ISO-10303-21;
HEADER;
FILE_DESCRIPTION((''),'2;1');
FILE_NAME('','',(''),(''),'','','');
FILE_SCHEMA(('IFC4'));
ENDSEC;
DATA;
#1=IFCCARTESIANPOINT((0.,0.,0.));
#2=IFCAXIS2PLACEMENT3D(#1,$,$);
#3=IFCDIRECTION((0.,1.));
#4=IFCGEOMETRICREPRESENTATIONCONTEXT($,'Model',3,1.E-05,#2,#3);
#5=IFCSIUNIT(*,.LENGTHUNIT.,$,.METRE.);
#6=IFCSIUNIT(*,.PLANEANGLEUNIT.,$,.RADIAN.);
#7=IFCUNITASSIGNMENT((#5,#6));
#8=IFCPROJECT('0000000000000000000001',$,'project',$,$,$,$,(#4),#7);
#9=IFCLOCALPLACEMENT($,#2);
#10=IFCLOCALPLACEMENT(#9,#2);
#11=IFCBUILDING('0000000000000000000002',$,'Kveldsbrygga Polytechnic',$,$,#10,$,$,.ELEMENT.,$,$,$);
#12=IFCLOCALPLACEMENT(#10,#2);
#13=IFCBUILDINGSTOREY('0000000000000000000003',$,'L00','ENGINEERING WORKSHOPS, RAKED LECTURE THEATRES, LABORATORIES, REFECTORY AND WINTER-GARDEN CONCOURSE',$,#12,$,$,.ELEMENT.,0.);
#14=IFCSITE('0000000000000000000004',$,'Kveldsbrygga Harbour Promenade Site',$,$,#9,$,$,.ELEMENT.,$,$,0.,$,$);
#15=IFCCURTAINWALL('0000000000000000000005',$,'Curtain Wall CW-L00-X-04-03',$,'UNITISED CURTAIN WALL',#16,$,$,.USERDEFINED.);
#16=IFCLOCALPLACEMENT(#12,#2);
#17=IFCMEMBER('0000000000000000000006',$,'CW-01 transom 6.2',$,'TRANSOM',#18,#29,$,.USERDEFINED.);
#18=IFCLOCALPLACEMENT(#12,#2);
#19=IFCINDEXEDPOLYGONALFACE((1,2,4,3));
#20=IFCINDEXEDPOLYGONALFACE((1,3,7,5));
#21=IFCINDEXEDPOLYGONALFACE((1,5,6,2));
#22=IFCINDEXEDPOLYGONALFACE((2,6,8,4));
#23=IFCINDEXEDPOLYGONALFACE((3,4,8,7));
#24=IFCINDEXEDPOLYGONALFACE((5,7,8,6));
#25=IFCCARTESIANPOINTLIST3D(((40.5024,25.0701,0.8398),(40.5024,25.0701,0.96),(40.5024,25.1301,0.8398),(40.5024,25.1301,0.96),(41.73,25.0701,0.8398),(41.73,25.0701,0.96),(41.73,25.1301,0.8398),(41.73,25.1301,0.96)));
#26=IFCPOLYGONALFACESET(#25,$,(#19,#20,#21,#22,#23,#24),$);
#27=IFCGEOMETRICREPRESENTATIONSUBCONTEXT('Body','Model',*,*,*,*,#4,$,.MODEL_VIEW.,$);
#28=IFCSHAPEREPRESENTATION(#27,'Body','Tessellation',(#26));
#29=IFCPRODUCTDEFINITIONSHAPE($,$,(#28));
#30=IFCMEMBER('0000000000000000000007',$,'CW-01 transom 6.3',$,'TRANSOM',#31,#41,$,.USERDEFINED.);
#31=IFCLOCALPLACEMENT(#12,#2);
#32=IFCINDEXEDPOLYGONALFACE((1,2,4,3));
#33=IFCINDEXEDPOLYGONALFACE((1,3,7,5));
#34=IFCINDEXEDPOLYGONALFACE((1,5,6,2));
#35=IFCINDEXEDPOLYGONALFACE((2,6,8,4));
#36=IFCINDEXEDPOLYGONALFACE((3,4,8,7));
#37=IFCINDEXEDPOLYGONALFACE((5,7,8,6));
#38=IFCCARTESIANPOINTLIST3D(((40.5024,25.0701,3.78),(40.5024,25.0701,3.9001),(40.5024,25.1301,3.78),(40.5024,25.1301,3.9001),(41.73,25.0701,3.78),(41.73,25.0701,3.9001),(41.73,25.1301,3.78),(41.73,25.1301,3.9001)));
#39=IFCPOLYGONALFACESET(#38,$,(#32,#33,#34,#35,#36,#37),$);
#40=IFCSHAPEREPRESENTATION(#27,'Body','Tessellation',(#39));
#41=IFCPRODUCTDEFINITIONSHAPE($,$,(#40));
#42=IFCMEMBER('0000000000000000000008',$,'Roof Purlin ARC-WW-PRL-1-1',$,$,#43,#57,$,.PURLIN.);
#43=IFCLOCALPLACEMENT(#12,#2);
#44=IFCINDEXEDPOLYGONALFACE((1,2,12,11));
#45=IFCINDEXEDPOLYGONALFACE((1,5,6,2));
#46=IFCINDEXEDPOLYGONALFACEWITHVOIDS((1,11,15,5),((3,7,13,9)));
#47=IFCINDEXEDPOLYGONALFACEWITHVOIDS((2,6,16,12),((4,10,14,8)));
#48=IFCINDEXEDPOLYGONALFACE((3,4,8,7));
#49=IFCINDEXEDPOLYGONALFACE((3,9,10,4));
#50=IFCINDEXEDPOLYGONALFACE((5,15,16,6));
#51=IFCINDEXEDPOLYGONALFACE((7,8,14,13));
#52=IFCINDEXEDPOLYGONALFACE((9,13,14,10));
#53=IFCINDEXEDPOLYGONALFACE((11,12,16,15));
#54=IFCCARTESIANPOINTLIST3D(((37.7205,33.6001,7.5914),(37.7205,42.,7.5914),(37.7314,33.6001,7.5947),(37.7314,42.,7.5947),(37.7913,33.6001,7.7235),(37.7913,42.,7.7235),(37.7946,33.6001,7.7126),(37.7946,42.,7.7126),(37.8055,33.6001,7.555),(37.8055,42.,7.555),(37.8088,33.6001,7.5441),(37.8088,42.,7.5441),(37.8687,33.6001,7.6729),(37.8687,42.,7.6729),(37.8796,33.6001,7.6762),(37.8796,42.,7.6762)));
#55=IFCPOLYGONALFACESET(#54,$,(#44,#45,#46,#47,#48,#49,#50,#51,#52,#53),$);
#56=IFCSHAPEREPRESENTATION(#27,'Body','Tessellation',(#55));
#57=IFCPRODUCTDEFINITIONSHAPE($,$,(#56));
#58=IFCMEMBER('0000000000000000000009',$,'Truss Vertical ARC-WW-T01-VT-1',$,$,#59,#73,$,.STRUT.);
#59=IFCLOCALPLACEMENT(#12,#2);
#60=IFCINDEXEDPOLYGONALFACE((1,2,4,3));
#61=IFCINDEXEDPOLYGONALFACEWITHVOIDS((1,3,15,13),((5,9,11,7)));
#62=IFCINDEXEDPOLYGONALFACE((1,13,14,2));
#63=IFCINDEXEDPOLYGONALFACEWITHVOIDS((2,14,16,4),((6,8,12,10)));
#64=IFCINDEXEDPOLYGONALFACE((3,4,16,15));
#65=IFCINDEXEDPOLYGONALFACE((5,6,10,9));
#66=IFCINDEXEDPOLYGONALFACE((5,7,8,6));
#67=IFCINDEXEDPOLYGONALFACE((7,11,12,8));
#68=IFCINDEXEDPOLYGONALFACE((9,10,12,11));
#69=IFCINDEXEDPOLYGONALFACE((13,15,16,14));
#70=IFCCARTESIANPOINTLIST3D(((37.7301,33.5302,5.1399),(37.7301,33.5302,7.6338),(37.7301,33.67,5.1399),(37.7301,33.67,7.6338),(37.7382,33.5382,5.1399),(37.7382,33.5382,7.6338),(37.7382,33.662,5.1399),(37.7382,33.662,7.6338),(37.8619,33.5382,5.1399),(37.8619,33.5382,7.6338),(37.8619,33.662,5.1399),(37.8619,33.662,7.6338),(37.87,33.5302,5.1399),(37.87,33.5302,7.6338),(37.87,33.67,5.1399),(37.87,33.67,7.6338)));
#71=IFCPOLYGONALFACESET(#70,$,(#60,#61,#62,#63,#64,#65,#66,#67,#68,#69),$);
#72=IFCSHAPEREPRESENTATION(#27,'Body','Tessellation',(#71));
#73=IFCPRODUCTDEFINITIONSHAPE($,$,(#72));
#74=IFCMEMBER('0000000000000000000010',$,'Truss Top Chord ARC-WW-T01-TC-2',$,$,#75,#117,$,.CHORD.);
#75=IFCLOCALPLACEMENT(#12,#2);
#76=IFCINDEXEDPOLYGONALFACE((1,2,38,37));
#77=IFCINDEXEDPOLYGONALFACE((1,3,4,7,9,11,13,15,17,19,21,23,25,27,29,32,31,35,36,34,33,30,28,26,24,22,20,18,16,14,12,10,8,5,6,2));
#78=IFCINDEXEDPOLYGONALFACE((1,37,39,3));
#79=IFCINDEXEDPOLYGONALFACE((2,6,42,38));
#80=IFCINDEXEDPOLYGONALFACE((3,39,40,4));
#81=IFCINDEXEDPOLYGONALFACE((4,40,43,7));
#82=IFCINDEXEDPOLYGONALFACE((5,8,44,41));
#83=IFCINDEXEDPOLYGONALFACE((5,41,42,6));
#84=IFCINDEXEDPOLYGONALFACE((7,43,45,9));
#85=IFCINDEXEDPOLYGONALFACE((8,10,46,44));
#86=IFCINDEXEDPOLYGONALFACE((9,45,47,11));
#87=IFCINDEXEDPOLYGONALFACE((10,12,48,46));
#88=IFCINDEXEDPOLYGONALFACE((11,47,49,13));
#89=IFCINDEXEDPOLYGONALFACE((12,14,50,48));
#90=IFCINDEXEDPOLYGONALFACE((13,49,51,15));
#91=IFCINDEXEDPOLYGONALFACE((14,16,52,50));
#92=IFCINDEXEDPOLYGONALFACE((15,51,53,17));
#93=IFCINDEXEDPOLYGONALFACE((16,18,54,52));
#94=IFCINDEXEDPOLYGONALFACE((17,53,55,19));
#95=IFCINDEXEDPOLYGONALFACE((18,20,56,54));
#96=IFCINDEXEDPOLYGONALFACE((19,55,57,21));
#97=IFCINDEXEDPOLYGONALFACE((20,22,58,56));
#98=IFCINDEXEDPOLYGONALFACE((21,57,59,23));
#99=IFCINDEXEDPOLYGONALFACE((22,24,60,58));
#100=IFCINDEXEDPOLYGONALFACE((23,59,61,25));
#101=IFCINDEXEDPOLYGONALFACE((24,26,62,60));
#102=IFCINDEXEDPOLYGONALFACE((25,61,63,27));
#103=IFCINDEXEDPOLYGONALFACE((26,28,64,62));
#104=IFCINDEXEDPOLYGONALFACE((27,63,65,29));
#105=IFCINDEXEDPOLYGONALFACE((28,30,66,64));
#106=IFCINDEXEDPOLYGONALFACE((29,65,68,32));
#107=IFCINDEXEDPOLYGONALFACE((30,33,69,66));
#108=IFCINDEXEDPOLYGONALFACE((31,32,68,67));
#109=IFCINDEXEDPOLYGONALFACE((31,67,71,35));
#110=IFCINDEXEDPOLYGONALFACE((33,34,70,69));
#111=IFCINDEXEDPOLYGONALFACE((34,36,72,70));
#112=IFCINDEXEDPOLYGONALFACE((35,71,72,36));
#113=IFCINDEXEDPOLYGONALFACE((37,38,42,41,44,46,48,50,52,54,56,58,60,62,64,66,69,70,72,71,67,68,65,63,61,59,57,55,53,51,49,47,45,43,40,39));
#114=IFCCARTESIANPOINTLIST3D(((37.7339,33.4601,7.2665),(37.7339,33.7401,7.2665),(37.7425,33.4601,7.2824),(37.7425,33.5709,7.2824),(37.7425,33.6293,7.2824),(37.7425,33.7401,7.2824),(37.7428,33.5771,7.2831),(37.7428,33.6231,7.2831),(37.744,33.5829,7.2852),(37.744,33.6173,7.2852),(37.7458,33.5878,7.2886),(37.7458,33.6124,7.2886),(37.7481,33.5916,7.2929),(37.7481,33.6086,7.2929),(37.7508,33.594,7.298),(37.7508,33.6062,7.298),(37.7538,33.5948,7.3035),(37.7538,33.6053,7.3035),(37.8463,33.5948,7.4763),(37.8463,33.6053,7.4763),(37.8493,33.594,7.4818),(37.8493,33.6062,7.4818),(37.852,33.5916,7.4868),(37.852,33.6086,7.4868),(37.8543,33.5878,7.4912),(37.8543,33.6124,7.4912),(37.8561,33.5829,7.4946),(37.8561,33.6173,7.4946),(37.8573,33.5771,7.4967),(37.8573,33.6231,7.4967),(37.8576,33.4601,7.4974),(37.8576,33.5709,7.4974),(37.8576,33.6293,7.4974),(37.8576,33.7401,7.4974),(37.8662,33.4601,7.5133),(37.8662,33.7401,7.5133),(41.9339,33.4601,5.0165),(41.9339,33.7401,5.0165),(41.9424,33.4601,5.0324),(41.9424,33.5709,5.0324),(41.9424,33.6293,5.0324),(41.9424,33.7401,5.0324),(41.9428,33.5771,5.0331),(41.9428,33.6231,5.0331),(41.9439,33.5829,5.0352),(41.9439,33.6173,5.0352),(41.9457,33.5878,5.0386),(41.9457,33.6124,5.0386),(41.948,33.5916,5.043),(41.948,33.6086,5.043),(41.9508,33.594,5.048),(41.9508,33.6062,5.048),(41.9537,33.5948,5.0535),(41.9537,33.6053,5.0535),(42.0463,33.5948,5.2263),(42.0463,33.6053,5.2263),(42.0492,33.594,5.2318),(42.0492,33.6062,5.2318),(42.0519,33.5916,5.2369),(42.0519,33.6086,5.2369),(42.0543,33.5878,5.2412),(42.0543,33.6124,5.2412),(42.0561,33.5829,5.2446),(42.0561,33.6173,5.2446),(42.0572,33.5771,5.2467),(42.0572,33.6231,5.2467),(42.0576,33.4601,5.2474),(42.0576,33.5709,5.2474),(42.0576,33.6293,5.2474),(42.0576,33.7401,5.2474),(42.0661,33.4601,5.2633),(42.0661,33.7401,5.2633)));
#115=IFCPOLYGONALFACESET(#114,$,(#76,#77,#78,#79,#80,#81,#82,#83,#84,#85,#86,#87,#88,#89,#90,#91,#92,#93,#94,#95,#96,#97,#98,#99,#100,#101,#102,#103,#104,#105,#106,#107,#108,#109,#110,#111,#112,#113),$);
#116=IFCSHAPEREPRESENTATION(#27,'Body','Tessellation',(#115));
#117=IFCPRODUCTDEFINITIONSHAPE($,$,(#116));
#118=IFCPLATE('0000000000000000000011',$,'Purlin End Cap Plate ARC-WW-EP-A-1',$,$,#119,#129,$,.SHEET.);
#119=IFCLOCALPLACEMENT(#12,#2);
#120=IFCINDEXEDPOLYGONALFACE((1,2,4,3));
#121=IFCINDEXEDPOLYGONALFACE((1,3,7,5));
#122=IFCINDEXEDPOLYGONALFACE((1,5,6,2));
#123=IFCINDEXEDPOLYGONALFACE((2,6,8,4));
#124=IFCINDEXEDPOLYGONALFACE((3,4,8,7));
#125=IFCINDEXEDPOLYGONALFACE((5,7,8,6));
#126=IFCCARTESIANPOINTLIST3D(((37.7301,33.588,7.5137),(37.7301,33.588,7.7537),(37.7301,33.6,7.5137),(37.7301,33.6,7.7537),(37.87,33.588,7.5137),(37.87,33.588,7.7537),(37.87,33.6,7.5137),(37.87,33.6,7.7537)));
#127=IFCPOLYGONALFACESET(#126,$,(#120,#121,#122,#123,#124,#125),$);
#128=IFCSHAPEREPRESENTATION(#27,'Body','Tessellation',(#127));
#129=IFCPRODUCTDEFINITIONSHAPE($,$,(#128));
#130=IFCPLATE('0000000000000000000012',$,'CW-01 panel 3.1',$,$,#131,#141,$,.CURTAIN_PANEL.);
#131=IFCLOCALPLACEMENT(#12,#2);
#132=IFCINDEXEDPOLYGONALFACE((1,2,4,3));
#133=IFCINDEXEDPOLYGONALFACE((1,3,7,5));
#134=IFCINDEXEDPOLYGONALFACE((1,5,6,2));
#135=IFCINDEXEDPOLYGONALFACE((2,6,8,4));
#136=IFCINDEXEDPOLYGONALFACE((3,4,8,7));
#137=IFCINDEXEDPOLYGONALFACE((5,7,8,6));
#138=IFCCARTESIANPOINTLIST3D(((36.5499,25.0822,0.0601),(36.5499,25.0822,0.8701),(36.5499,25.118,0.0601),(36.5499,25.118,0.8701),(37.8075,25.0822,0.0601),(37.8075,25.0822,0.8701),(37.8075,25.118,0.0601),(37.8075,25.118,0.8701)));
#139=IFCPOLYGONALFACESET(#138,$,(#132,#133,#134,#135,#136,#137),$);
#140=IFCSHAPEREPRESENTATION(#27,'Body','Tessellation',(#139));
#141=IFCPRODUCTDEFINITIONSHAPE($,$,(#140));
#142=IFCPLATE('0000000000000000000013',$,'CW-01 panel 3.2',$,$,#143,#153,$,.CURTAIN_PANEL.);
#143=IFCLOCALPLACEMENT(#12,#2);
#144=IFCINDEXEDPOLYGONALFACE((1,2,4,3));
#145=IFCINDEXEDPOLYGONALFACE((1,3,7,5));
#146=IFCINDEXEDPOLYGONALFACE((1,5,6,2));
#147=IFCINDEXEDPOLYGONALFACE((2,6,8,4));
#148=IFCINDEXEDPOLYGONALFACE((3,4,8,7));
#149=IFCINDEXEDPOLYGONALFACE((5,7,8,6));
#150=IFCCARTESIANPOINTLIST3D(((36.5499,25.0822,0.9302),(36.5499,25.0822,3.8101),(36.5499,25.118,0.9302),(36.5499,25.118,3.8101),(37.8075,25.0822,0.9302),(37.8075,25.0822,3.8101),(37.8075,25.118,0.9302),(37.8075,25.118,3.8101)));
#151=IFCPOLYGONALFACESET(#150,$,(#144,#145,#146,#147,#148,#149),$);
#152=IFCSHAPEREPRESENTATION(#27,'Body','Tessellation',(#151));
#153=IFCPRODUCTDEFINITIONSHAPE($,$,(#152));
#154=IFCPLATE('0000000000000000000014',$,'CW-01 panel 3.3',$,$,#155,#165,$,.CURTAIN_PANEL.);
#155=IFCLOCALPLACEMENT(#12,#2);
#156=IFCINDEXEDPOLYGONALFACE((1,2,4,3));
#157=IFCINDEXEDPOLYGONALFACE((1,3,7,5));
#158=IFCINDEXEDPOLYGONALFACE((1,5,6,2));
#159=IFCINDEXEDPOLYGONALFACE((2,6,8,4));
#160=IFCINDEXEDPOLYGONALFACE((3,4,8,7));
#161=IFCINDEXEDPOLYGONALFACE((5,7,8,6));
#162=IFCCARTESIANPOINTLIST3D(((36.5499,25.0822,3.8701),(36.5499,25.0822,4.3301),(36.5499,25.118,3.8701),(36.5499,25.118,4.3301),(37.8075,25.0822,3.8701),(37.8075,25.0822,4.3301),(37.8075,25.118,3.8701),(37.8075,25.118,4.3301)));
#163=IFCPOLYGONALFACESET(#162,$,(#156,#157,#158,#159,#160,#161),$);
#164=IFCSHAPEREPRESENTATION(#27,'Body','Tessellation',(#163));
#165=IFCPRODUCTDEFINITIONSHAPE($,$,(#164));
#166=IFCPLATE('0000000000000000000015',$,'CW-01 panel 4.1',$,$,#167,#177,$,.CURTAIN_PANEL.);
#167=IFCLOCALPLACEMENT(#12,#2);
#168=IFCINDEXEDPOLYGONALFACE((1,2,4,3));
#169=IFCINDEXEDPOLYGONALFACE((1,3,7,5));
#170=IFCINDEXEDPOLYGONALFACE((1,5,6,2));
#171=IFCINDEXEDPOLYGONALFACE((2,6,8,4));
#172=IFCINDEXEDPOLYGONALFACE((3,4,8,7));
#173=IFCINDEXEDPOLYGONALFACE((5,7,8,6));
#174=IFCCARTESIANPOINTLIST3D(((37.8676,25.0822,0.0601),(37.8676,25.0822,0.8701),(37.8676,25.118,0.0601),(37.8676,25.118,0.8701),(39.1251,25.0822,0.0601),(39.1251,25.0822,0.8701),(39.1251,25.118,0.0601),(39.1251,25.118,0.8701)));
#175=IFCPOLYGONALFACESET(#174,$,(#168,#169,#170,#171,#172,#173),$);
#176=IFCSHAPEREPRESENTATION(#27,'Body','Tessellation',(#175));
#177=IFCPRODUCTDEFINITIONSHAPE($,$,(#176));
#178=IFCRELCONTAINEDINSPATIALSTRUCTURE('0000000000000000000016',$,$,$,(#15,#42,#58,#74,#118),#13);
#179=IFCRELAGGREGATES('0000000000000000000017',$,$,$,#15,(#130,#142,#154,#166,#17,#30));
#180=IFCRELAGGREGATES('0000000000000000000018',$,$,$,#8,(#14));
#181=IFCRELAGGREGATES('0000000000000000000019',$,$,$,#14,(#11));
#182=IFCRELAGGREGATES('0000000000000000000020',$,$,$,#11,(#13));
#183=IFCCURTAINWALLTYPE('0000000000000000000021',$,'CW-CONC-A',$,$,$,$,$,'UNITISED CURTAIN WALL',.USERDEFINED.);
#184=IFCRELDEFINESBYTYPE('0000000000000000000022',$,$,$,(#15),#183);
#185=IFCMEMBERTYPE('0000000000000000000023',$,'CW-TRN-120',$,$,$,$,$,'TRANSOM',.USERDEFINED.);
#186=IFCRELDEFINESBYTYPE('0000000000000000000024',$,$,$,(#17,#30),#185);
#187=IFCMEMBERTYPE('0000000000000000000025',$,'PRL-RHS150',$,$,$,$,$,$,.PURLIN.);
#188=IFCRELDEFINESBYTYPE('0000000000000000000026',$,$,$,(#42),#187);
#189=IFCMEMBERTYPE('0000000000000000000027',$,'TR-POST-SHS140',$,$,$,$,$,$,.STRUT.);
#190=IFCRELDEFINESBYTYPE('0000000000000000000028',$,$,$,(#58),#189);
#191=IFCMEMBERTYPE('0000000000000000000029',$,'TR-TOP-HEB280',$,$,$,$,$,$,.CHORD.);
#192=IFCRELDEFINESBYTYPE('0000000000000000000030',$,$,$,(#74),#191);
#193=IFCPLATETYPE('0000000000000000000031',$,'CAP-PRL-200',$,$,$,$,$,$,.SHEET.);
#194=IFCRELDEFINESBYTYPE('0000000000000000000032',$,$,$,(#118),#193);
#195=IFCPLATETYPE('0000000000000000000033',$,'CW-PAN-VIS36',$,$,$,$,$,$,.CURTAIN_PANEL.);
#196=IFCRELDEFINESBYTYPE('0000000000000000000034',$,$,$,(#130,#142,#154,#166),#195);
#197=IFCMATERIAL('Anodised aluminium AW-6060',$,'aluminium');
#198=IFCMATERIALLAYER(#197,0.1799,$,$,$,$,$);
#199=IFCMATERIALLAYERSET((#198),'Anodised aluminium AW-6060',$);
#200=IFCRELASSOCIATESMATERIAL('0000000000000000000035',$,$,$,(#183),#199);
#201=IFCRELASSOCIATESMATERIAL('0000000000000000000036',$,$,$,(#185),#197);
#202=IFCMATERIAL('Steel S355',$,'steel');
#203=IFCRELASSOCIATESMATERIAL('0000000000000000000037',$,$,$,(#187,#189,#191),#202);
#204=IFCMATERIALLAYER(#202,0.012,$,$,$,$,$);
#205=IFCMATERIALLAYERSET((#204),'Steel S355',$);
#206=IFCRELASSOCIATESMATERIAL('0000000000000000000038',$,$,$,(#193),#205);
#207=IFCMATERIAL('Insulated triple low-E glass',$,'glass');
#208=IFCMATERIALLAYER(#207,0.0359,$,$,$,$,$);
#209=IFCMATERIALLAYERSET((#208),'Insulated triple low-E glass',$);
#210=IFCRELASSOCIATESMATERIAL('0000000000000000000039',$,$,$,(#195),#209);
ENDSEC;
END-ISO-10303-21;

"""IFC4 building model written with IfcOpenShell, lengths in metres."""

from ifc_helpers import new_model, si_unit, direction, frame, origin, origin_2d, place, context, subcontext, project, spatial, rectangle, hollow_rectangle, i_section, extrude, material, layer, layer_set, material_profile, profile_set, type_object, element, aggregate, save


model = new_model("IFC4")

# Units and contexts
model_context = context("Model", 3, precision=1e-05, world=origin(), true_north=direction((0.0, 1.0)))
body_context = subcontext(model_context, "Body", "Model", "MODEL_VIEW")
ifc_project = project(units=[si_unit("LENGTHUNIT", "METRE"), si_unit("PLANEANGLEUNIT", "RADIAN")], contexts=[model_context])

# Site, building, storey
site_placement = place(None, origin())
site = spatial("IfcSite", under=ifc_project, at=site_placement, Name="Kveldsbrygga Harbour Promenade Site", CompositionType="ELEMENT", RefElevation=0.0)
building_placement = place(site_placement, origin())
building = spatial("IfcBuilding", under=site, at=building_placement, Name="Kveldsbrygga Polytechnic", CompositionType="ELEMENT")
storey_placement = place(building_placement, origin())
storey = spatial("IfcBuildingStorey", under=building, at=storey_placement, Name="L00", Description="ENGINEERING WORKSHOPS, RAKED LECTURE THEATRES, LABORATORIES, REFECTORY AND WINTER-GARDEN CONCOURSE", CompositionType="ELEMENT", Elevation=0.0)

# Curtain wall, members
ifc_material_1 = material(Name="Anodised aluminium AW-6060", Category="aluminium")
ifc_layer_1 = layer(ifc_material_1, 0.1799)
ifc_layer_set_1 = layer_set([ifc_layer_1], Name="Anodised aluminium AW-6060")
curtain_wall_type = type_object("IfcCurtainWallType", Name="CW-CONC-A", ElementType="UNITISED CURTAIN WALL", PredefinedType="USERDEFINED", material=ifc_layer_set_1)
curtain_wall_placement = place(storey_placement, origin())
curtain_wall = element("IfcCurtainWall", 1, at=curtain_wall_placement, inside=storey, type_object=curtain_wall_type, Name="Curtain Wall CW-L00-X-04-03", ObjectType="UNITISED CURTAIN WALL", PredefinedType="USERDEFINED")
ifc_material_profile_1 = material_profile(ifc_material_1, rectangle(XDim=0.0601, YDim=0.1201, at=origin_2d()), Name="ALU 60x120")
ifc_profile_set_1 = profile_set([ifc_material_profile_1], Name="Anodised aluminium AW-6060")
member_type_1 = type_object("IfcMemberType", Name="CW-TRN-120", ElementType="TRANSOM", PredefinedType="USERDEFINED", material=ifc_profile_set_1)
member_1_placement = place(storey_placement, frame((40.5024, 25.1001, 0.8999), z_axis=(1.0, 0.0, 0.0), x_axis=(0.0, 1.0, 0.0)))
member_1 = element("IfcMember", 2, at=member_1_placement, type_object=member_type_1, Name="CW-01 transom 6.2", ObjectType="TRANSOM", PredefinedType="USERDEFINED", context=body_context, shape_type="SweptSolid", body=[
    extrude(rectangle(XDim=0.0601, YDim=0.1201, at=origin_2d()), origin(), (0.0, 0.0, 1.0), 1.2275),
])
member_2_placement = place(storey_placement, frame((40.5024, 25.1001, 3.8401), z_axis=(1.0, 0.0, 0.0), x_axis=(0.0, 1.0, 0.0)))
member_2 = element("IfcMember", 3, at=member_2_placement, type_object=member_type_1, Name="CW-01 transom 6.3", ObjectType="TRANSOM", PredefinedType="USERDEFINED", context=body_context, shape_type="SweptSolid", body=[
    extrude(rectangle(XDim=0.0601, YDim=0.1201, at=origin_2d()), origin(), (0.0, 0.0, 1.0), 1.2275),
])

# Members
ifc_material_2 = material(Name="Steel S355", Category="steel")
ifc_material_profile_2 = material_profile(ifc_material_2, hollow_rectangle(XDim=0.1001, YDim=0.1499, WallThickness=0.0081, at=origin_2d()), Name="RHS 150x100x8.0")
ifc_profile_set_2 = profile_set([ifc_material_profile_2], Name="Steel S355")
member_type_2 = type_object("IfcMemberType", Name="PRL-RHS150", PredefinedType="PURLIN", material=ifc_profile_set_2)
member_3_placement = place(storey_placement, frame((37.8, 33.6001, 7.6338), z_axis=(0.0, 1.0, 0.0), x_axis=(-0.88148, 0.0, 0.472222)))
element("IfcMember", 4, at=member_3_placement, inside=storey, type_object=member_type_2, Name="Roof Purlin ARC-WW-PRL-1-1", PredefinedType="PURLIN", context=body_context, shape_type="SweptSolid", body=[
    extrude(hollow_rectangle(XDim=0.1001, YDim=0.1499, WallThickness=0.0081, at=origin_2d()), origin(), (0.0, 0.0, 1.0), 8.3999),
])
ifc_material_profile_3 = material_profile(ifc_material_2, hollow_rectangle(XDim=0.1399, YDim=0.1399, WallThickness=0.0081, at=origin_2d()), Name="SHS 140x140x8.0")
ifc_profile_set_3 = profile_set([ifc_material_profile_3], Name="Steel S355")
member_type_3 = type_object("IfcMemberType", Name="TR-POST-SHS140", PredefinedType="STRUT", material=ifc_profile_set_3)
member_4_placement = place(storey_placement, frame((37.8, 33.6001, 5.1399), z_axis=(0.0, 0.0, 1.0), x_axis=(1.0, 0.0, 0.0)))
element("IfcMember", 5, at=member_4_placement, inside=storey, type_object=member_type_3, Name="Truss Vertical ARC-WW-T01-VT-1", PredefinedType="STRUT", context=body_context, shape_type="SweptSolid", body=[
    extrude(hollow_rectangle(XDim=0.1399, YDim=0.1399, WallThickness=0.0081, at=origin_2d()), origin(), (0.0, 0.0, 1.0), 2.4939),
])
ifc_material_profile_4 = material_profile(ifc_material_2, i_section(OverallWidth=0.28, OverallDepth=0.28, WebThickness=0.0105, FlangeThickness=0.0181, FilletRadius=0.0239, at=origin_2d()), Name="HEB 280")
ifc_profile_set_4 = profile_set([ifc_material_profile_4], Name="Steel S355")
member_type_4 = type_object("IfcMemberType", Name="TR-TOP-HEB280", PredefinedType="CHORD", material=ifc_profile_set_4)
member_5_placement = place(storey_placement, frame((37.8, 33.6001, 7.3899), z_axis=(0.881478, 0.0, -0.472226), x_axis=(0.0, 1.0, 0.0)))
element("IfcMember", 6, at=member_5_placement, inside=storey, type_object=member_type_4, Name="Truss Top Chord ARC-WW-T01-TC-2", PredefinedType="CHORD", context=body_context, shape_type="SweptSolid", body=[
    extrude(i_section(OverallWidth=0.28, OverallDepth=0.28, WebThickness=0.0105, FlangeThickness=0.0181, FilletRadius=0.0239, at=origin_2d()), origin(), (0.0, 0.0, 1.0), 4.7646),
])

# Plates
ifc_layer_2 = layer(ifc_material_2, 0.012)
ifc_layer_set_2 = layer_set([ifc_layer_2], Name="Steel S355")
plate_type_1 = type_object("IfcPlateType", Name="CAP-PRL-200", PredefinedType="SHEET", material=ifc_layer_set_2)
plate_1_placement = place(storey_placement, frame((37.8, 33.594, 7.5137), z_axis=(0.0, 0.0, 1.0), x_axis=(1.0, 0.0, 0.0)))
element("IfcPlate", 7, at=plate_1_placement, inside=storey, type_object=plate_type_1, Name="Purlin End Cap Plate ARC-WW-EP-A-1", PredefinedType="SHEET", context=body_context, shape_type="SweptSolid", body=[
    extrude(rectangle(XDim=0.1399, YDim=0.012, at=origin_2d()), origin(), (0.0, 0.0, 1.0), 0.24),
])
ifc_material_3 = material(Name="Insulated triple low-E glass", Category="glass")
ifc_layer_3 = layer(ifc_material_3, 0.0359)
ifc_layer_set_3 = layer_set([ifc_layer_3], Name="Insulated triple low-E glass")
plate_type_2 = type_object("IfcPlateType", Name="CW-PAN-VIS36", PredefinedType="CURTAIN_PANEL", material=ifc_layer_set_3)
plate_2_placement = place(storey_placement, frame((37.1787, 25.1001, 0.0601), z_axis=(0.0, 0.0, 1.0), x_axis=(1.0, 0.0, 0.0)))
plate_2 = element("IfcPlate", 8, at=plate_2_placement, type_object=plate_type_2, Name="CW-01 panel 3.1", PredefinedType="CURTAIN_PANEL", context=body_context, shape_type="SweptSolid", body=[
    extrude(rectangle(XDim=1.2576, YDim=0.0359, at=origin_2d()), origin(), (0.0, 0.0, 1.0), 0.8101),
])
plate_3_placement = place(storey_placement, frame((37.1787, 25.1001, 0.9302), z_axis=(0.0, 0.0, 1.0), x_axis=(1.0, 0.0, 0.0)))
plate_3 = element("IfcPlate", 9, at=plate_3_placement, type_object=plate_type_2, Name="CW-01 panel 3.2", PredefinedType="CURTAIN_PANEL", context=body_context, shape_type="SweptSolid", body=[
    extrude(rectangle(XDim=1.2576, YDim=0.0359, at=origin_2d()), origin(), (0.0, 0.0, 1.0), 2.8799),
])
plate_4_placement = place(storey_placement, frame((37.1787, 25.1001, 3.8701), z_axis=(0.0, 0.0, 1.0), x_axis=(1.0, 0.0, 0.0)))
plate_4 = element("IfcPlate", 10, at=plate_4_placement, type_object=plate_type_2, Name="CW-01 panel 3.3", PredefinedType="CURTAIN_PANEL", context=body_context, shape_type="SweptSolid", body=[
    extrude(rectangle(XDim=1.2576, YDim=0.0359, at=origin_2d()), origin(), (0.0, 0.0, 1.0), 0.46),
])
plate_5_placement = place(storey_placement, frame((38.4963, 25.1001, 0.0601), z_axis=(0.0, 0.0, 1.0), x_axis=(1.0, 0.0, 0.0)))
plate_5 = element("IfcPlate", 11, at=plate_5_placement, type_object=plate_type_2, Name="CW-01 panel 4.1", PredefinedType="CURTAIN_PANEL", context=body_context, shape_type="SweptSolid", body=[
    extrude(rectangle(XDim=1.2576, YDim=0.0359, at=origin_2d()), origin(), (0.0, 0.0, 1.0), 0.8101),
])
aggregate(curtain_wall, [plate_2, plate_3, plate_4, plate_5, member_1, member_2])

save(model, "model.ifc")
